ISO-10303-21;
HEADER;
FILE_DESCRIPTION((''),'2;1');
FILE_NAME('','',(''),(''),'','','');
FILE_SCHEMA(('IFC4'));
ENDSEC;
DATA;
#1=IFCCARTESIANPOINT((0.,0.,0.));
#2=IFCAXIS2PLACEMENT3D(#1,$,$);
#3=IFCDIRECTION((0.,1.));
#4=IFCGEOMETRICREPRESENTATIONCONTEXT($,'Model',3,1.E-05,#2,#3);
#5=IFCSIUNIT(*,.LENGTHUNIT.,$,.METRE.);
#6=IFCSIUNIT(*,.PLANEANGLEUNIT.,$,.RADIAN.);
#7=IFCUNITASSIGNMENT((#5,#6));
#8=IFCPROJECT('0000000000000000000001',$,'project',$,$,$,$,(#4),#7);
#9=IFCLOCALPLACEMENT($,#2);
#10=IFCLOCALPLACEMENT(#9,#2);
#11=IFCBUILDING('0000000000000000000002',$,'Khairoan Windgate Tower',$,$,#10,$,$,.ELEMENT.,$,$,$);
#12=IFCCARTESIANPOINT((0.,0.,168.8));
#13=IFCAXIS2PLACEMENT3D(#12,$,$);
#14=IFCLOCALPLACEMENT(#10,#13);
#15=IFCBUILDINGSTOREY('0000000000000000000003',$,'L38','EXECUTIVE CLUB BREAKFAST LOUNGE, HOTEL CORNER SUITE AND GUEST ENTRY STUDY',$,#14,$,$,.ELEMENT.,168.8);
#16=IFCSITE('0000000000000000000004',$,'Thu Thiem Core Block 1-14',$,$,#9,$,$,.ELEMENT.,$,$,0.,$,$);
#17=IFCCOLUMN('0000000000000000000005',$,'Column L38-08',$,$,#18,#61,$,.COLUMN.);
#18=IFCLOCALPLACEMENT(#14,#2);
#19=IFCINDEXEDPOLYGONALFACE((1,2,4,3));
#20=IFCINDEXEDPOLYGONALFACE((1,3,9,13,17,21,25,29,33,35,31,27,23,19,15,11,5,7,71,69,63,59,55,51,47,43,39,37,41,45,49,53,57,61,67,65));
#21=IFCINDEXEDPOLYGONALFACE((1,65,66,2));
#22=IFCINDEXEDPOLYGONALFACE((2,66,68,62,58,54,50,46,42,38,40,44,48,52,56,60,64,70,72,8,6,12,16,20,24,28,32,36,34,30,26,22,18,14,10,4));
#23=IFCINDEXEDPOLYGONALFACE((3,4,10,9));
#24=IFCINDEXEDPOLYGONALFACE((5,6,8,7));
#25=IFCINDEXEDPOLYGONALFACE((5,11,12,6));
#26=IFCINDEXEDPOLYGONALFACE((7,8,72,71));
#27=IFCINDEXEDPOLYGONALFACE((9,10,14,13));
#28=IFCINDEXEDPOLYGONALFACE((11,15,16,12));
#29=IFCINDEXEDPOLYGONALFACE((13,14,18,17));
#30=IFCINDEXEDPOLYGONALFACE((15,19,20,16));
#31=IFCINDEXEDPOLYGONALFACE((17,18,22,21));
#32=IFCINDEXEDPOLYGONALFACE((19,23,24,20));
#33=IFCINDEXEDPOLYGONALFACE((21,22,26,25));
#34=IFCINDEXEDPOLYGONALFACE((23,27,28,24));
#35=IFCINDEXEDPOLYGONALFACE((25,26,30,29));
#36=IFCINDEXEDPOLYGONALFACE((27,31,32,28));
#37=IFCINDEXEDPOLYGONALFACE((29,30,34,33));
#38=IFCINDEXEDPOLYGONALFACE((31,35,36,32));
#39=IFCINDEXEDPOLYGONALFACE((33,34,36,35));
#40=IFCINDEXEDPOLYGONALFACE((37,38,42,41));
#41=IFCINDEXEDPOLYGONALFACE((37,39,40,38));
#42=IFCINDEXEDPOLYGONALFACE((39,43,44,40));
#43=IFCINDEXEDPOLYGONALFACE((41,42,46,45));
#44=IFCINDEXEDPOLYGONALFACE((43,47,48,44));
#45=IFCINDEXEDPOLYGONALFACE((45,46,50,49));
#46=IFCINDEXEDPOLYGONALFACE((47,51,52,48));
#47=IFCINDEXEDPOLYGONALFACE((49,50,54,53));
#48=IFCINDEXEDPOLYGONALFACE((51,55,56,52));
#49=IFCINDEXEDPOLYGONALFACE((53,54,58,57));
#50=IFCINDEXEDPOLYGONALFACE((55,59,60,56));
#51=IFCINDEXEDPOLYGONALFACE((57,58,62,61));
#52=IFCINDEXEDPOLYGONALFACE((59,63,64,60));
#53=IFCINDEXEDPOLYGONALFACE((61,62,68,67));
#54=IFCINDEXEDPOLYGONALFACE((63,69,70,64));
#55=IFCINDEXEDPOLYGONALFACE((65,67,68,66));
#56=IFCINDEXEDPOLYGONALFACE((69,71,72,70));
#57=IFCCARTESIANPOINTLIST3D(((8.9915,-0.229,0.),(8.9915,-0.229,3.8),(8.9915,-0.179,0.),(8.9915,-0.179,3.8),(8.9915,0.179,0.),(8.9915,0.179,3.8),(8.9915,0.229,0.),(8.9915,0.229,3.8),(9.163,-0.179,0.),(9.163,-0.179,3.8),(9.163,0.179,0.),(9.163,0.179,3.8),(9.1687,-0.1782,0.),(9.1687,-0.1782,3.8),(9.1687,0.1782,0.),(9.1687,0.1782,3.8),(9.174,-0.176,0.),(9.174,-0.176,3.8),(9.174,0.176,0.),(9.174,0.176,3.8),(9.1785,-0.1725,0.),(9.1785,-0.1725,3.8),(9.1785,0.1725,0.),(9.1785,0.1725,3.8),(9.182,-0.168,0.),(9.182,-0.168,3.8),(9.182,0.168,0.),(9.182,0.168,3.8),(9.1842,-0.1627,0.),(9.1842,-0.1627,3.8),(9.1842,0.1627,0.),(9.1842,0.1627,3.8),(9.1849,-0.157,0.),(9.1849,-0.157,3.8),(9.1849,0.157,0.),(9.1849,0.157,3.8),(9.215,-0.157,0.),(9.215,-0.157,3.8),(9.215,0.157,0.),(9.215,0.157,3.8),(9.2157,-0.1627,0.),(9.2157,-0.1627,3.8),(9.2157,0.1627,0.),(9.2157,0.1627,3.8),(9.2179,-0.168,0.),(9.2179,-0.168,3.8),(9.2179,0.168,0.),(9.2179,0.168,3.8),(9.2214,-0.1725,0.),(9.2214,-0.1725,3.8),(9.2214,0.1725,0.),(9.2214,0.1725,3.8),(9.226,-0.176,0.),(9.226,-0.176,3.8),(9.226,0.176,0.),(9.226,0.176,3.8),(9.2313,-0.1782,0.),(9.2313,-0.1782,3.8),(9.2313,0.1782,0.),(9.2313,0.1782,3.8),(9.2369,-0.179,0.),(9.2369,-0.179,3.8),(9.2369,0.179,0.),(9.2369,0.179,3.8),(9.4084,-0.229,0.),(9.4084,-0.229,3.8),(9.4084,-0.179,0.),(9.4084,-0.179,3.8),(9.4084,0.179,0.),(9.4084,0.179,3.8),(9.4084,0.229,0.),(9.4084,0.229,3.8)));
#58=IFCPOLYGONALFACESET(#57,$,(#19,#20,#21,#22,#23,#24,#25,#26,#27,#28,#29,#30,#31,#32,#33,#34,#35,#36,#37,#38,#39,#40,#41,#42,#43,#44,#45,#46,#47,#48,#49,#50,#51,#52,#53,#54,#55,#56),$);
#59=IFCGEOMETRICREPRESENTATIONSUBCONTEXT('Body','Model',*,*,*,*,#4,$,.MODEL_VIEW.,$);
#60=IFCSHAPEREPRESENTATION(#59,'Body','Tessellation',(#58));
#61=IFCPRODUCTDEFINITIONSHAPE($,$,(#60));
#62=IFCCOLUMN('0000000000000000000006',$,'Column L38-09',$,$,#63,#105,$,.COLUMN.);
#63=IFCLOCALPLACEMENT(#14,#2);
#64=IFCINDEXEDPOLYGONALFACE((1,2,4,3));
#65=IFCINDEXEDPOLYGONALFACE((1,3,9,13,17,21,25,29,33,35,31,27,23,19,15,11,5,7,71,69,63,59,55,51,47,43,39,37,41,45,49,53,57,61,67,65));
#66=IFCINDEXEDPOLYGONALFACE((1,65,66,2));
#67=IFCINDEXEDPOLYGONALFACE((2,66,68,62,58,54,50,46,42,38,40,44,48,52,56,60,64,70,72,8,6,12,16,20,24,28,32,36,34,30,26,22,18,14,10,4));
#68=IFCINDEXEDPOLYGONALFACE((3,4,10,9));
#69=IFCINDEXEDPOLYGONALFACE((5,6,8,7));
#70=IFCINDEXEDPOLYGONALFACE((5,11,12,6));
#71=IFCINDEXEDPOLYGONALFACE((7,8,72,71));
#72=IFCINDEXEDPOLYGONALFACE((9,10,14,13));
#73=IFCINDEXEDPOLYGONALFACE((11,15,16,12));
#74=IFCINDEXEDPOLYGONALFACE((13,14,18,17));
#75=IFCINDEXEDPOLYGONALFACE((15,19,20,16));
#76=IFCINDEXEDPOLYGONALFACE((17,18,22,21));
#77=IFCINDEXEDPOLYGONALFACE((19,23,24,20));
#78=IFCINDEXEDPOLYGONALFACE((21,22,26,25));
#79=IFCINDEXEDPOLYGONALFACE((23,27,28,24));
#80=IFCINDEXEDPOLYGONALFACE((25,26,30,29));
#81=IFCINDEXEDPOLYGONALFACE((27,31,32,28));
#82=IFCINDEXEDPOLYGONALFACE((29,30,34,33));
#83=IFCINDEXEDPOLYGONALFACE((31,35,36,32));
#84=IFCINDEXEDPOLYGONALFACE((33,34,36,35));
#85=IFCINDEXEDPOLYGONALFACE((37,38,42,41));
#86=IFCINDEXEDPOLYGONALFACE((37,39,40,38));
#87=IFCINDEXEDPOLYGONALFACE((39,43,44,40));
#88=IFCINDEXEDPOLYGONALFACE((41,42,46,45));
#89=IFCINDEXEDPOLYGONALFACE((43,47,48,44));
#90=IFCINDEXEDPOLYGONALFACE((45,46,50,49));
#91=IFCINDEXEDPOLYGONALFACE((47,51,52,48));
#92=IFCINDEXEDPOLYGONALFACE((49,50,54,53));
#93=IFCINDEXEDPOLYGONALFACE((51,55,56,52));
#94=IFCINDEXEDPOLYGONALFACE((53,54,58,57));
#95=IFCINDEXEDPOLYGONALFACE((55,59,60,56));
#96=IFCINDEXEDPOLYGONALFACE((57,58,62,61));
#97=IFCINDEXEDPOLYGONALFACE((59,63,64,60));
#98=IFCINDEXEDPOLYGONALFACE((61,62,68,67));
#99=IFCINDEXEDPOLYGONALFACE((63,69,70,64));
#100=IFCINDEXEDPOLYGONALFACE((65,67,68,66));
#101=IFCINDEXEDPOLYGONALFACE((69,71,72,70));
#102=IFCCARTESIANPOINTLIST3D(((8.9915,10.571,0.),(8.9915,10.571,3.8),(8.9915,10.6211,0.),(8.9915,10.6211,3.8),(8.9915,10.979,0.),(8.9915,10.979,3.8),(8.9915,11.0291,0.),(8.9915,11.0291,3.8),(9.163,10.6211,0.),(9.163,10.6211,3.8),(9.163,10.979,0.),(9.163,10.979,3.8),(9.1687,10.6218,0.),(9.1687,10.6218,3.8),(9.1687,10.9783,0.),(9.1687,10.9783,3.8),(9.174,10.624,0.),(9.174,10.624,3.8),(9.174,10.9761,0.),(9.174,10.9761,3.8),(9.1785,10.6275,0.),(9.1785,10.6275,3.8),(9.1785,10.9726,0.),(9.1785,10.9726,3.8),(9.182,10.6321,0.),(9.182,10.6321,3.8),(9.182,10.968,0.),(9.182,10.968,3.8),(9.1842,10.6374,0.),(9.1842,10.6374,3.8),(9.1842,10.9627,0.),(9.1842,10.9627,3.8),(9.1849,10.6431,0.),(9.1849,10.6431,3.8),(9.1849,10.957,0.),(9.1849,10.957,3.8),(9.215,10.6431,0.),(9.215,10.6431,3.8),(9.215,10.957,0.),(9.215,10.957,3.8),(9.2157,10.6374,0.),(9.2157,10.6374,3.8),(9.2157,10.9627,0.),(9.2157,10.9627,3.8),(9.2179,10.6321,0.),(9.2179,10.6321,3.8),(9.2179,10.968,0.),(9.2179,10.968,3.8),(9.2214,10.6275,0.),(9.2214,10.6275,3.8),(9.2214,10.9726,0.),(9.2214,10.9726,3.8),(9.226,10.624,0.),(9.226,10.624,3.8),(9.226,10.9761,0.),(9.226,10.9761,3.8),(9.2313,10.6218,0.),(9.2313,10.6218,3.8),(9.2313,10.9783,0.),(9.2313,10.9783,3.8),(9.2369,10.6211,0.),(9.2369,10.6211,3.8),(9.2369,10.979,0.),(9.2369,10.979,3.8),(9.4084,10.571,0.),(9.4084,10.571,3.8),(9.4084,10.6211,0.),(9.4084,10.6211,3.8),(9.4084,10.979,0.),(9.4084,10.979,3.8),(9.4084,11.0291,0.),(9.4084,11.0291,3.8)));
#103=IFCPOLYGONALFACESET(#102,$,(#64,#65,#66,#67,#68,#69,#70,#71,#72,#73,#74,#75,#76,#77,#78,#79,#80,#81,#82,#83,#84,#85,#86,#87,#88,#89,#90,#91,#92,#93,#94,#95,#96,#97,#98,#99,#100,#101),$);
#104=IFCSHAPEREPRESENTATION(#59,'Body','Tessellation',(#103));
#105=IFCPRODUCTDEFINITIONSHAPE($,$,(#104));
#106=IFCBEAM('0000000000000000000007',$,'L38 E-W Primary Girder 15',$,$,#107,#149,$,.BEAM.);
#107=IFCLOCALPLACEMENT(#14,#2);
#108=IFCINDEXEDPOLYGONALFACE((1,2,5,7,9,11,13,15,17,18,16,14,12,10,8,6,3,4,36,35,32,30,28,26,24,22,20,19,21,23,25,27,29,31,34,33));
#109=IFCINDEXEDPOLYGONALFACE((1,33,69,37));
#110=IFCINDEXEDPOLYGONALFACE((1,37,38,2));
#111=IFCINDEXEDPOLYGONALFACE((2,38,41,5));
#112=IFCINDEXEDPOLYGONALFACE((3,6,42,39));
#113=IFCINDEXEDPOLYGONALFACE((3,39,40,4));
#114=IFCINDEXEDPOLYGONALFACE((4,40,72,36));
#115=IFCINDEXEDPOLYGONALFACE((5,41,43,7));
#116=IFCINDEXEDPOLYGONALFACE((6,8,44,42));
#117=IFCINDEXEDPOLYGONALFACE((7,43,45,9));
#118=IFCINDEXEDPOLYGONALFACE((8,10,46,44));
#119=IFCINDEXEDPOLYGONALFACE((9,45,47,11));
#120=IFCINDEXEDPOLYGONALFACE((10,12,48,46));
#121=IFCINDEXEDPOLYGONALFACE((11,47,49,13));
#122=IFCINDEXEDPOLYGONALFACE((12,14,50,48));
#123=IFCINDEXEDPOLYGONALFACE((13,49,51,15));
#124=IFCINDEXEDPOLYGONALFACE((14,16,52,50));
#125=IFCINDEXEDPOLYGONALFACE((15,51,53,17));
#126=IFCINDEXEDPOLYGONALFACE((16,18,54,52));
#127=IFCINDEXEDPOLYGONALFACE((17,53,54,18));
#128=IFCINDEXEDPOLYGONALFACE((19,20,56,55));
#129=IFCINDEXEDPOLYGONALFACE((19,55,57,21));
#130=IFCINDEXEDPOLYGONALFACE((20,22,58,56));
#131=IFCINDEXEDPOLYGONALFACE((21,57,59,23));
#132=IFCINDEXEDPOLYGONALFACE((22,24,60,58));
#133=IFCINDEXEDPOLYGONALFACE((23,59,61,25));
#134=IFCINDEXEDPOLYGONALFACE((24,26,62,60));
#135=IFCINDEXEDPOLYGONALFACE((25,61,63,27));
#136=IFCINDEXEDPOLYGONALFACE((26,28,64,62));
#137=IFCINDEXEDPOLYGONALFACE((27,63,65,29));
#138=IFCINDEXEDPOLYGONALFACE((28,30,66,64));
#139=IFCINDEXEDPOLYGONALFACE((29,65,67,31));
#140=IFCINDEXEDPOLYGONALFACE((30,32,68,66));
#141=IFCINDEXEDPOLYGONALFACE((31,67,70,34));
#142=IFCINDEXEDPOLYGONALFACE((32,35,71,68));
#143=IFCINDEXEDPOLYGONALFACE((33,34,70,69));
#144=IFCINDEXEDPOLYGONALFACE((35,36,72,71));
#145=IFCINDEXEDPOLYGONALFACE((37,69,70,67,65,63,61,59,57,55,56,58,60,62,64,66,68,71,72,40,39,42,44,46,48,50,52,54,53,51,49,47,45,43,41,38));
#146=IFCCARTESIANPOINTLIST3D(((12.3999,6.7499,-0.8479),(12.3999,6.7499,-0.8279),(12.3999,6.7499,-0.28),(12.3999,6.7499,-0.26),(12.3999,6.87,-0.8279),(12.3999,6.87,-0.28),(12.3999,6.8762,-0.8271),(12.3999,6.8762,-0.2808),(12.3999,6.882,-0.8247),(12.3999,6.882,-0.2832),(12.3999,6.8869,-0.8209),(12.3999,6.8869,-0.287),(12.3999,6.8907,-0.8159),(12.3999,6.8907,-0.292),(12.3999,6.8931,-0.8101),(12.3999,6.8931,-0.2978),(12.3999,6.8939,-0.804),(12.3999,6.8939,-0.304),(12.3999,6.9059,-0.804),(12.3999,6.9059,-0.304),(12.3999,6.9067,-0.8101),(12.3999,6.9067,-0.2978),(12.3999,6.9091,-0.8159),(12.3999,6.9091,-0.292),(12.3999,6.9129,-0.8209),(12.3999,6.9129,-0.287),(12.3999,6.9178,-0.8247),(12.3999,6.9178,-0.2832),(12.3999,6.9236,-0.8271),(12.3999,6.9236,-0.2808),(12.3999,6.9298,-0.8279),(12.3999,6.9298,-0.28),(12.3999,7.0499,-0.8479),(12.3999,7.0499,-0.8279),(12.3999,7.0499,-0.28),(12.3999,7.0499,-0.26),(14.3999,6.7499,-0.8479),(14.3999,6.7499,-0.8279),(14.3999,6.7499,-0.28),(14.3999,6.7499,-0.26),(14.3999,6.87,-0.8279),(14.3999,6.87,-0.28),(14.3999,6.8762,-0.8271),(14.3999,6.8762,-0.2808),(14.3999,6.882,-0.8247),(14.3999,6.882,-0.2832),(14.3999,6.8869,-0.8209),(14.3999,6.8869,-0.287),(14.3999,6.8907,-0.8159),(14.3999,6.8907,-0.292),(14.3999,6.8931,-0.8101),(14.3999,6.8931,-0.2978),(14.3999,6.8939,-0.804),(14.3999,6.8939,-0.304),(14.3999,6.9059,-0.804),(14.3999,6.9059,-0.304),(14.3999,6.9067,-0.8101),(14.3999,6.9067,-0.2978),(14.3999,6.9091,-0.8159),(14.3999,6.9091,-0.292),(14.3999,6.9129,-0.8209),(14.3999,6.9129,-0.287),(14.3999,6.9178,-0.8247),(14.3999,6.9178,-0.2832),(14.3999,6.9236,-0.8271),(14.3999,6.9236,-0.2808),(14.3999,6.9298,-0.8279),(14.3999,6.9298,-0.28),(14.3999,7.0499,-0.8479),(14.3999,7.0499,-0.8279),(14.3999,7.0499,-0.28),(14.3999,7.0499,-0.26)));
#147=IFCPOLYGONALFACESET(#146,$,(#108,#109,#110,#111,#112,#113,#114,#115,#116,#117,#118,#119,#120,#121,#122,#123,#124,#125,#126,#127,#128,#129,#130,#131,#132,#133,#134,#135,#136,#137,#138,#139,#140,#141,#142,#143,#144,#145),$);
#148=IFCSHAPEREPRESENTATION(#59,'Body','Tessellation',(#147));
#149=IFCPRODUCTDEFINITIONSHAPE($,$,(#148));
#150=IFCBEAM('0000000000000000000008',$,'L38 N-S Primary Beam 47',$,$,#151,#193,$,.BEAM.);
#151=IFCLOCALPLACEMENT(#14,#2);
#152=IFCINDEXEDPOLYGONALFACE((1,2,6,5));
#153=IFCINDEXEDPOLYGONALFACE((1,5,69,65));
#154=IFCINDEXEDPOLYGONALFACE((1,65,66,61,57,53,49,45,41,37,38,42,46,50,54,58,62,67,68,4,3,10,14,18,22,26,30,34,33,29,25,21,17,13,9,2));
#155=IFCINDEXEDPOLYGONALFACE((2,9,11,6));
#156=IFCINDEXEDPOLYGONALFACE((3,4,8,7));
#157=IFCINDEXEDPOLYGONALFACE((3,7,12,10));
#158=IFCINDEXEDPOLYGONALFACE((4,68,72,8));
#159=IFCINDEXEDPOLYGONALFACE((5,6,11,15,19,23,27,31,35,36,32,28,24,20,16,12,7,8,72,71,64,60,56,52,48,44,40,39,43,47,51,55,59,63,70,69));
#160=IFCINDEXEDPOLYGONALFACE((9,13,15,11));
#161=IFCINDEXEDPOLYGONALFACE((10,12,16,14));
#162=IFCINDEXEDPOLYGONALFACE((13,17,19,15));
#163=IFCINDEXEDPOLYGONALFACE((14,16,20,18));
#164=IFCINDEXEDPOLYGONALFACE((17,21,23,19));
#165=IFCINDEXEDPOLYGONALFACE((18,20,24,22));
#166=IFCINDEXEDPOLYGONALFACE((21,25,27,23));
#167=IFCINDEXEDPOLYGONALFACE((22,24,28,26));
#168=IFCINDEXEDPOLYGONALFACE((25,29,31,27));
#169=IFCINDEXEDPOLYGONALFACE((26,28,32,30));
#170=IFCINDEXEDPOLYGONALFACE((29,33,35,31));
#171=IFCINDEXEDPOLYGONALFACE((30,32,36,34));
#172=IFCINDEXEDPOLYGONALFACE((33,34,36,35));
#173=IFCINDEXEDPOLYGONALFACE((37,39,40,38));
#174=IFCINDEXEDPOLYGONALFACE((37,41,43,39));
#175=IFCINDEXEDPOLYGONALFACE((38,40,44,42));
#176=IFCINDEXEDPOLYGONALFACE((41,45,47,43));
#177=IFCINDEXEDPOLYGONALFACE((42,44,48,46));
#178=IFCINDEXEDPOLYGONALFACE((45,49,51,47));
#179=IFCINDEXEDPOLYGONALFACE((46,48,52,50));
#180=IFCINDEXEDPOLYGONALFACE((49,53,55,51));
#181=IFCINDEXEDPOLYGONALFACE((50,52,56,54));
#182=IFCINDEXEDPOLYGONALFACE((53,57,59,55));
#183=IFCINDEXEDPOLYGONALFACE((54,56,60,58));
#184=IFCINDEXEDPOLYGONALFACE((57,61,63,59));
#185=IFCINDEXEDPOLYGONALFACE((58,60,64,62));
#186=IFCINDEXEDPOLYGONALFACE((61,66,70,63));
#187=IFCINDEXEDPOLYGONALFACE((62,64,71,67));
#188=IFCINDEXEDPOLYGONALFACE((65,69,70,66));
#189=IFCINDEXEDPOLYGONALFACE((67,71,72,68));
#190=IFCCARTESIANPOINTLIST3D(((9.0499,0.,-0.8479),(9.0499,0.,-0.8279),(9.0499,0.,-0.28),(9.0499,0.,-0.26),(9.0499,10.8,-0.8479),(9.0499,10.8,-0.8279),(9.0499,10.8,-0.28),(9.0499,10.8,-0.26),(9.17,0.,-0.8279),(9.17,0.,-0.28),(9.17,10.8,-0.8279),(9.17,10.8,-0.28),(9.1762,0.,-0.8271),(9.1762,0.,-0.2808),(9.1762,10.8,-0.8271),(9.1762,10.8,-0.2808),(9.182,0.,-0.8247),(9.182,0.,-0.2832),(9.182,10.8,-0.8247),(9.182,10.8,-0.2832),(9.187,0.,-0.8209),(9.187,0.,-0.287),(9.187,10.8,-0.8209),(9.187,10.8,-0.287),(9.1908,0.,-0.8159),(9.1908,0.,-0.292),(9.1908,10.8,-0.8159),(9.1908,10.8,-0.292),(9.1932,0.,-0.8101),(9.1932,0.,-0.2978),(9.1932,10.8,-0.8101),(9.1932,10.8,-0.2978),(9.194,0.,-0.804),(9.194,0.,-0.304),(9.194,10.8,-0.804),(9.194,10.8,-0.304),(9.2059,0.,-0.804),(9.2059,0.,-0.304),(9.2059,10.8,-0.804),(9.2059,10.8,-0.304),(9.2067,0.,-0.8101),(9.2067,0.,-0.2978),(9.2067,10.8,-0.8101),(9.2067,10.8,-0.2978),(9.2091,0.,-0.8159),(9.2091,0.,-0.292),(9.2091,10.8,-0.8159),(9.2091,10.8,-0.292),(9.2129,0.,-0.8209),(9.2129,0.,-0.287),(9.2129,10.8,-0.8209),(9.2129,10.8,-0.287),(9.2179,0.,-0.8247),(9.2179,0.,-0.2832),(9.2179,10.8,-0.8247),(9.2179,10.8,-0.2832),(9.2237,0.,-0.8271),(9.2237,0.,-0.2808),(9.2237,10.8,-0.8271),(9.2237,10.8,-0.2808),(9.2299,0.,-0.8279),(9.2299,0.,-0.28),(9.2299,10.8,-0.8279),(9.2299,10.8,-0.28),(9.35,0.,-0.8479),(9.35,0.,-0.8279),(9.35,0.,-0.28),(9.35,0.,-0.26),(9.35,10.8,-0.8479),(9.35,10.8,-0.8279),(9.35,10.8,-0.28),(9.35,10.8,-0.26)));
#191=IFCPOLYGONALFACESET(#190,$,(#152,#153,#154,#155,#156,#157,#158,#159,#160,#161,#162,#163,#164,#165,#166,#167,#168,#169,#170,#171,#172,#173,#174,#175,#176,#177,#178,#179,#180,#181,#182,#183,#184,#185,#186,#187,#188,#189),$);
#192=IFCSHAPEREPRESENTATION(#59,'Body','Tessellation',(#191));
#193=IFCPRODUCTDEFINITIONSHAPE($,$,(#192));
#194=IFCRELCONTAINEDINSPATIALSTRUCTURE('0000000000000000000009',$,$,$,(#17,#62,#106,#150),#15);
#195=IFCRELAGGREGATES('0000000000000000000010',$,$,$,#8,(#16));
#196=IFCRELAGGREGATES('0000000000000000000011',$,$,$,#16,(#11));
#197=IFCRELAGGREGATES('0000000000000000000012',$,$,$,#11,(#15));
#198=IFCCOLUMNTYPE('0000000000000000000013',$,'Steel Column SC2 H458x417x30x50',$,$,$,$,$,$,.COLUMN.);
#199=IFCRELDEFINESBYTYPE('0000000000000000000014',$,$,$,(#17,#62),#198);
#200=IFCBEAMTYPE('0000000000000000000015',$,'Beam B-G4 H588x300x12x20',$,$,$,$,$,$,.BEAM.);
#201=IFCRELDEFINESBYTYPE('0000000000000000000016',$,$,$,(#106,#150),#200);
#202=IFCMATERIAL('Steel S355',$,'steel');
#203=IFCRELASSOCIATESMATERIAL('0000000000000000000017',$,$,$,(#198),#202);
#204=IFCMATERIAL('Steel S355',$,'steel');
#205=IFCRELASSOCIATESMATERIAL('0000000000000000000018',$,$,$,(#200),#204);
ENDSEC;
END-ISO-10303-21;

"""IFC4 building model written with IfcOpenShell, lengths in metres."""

from ifc_helpers import new_model, si_unit, direction, frame, origin, origin_2d, place, context, subcontext, project, spatial, i_section, extrude, material, material_profile, profile_set, type_object, element, save


model = new_model("IFC4")

# Units and contexts
model_context = context("Model", 3, precision=1e-05, world=origin(), true_north=direction((0.0, 1.0)))
body_context = subcontext(model_context, "Body", "Model", "MODEL_VIEW")
ifc_project = project(units=[si_unit("LENGTHUNIT", "METRE"), si_unit("PLANEANGLEUNIT", "RADIAN")], contexts=[model_context])

# Site, building, storey
site_placement = place(None, origin())
site = spatial("IfcSite", under=ifc_project, at=site_placement, Name="Thu Thiem Core Block 1-14", CompositionType="ELEMENT", RefElevation=0.0)
building_placement = place(site_placement, origin())
building = spatial("IfcBuilding", under=site, at=building_placement, Name="Khairoan Windgate Tower", CompositionType="ELEMENT")
storey_placement = place(building_placement, frame((0.0, 0.0, 168.8)))
storey = spatial("IfcBuildingStorey", under=building, at=storey_placement, Name="L38", Description="EXECUTIVE CLUB BREAKFAST LOUNGE, HOTEL CORNER SUITE AND GUEST ENTRY STUDY", CompositionType="ELEMENT", Elevation=168.8)

# Columns
ifc_material_1 = material(Name="Steel S355", Category="steel")
ifc_material_profile_1 = material_profile(ifc_material_1, i_section(OverallWidth=0.417, OverallDepth=0.458, WebThickness=0.03, FlangeThickness=0.05, FilletRadius=0.022, at=origin_2d()))
ifc_profile_set_1 = profile_set([ifc_material_profile_1], Name="Steel S355")
column_type = type_object("IfcColumnType", Name="Steel Column SC2 H458x417x30x50", PredefinedType="COLUMN", material=ifc_profile_set_1)
for number, where, z_axis, x_axis, name in (
    (1, (9.2, 0.0, 0.0), (0.0, 0.0, 1.0), (1.0, 0.0, 0.0), "Column L38-08"),
    (2, (9.2, 10.8, 0.0), (0.0, 0.0, 1.0), (1.0, 0.0, 0.0), "Column L38-09"),
):
    element("IfcColumn", number, at=place(storey_placement, frame(where, z_axis=z_axis, x_axis=x_axis)), inside=storey, type_object=column_type, Name=name, PredefinedType="COLUMN", context=body_context, shape_type="SweptSolid", body=[
        extrude(i_section(OverallWidth=0.417, OverallDepth=0.458, WebThickness=0.03, FlangeThickness=0.05, FilletRadius=0.022, at=origin_2d()), origin(), (0.0, 0.0, 1.0), 3.8),
    ])

# Beams
ifc_material_2 = material(Name="Steel S355", Category="steel")
ifc_material_profile_2 = material_profile(ifc_material_2, i_section(OverallWidth=0.3, OverallDepth=0.5879, WebThickness=0.012, FlangeThickness=0.02, FilletRadius=0.0239, at=origin_2d()))
ifc_profile_set_2 = profile_set([ifc_material_profile_2], Name="Steel S355")
beam_type_1 = type_object("IfcBeamType", Name="Beam B-G4 H588x300x12x20", PredefinedType="BEAM", material=ifc_profile_set_2)
beam_1_placement = place(storey_placement, frame((12.3999, 6.8999, -0.554), z_axis=(1.0, 0.0, 0.0), x_axis=(0.0, 1.0, 0.0)))
element("IfcBeam", 3, at=beam_1_placement, inside=storey, type_object=beam_type_1, Name="L38 E-W Primary Girder 15", PredefinedType="BEAM", context=body_context, shape_type="SweptSolid", body=[
    extrude(i_section(OverallWidth=0.3, OverallDepth=0.5879, WebThickness=0.012, FlangeThickness=0.02, FilletRadius=0.0239, at=origin_2d()), origin(), (0.0, 0.0, 1.0), 2.0),
])
beam_2_placement = place(storey_placement, frame((9.2, 0.0, -0.554), z_axis=(0.0, 1.0, 0.0), x_axis=(-1.0, 0.0, 0.0)))
element("IfcBeam", 4, at=beam_2_placement, inside=storey, type_object=beam_type_1, Name="L38 N-S Primary Beam 47", PredefinedType="BEAM", context=body_context, shape_type="SweptSolid", body=[
    extrude(i_section(OverallWidth=0.3, OverallDepth=0.5879, WebThickness=0.012, FlangeThickness=0.02, FilletRadius=0.0239, at=origin_2d()), origin(), (0.0, 0.0, 1.0), 10.8),
])

save(model, "model.ifc")
